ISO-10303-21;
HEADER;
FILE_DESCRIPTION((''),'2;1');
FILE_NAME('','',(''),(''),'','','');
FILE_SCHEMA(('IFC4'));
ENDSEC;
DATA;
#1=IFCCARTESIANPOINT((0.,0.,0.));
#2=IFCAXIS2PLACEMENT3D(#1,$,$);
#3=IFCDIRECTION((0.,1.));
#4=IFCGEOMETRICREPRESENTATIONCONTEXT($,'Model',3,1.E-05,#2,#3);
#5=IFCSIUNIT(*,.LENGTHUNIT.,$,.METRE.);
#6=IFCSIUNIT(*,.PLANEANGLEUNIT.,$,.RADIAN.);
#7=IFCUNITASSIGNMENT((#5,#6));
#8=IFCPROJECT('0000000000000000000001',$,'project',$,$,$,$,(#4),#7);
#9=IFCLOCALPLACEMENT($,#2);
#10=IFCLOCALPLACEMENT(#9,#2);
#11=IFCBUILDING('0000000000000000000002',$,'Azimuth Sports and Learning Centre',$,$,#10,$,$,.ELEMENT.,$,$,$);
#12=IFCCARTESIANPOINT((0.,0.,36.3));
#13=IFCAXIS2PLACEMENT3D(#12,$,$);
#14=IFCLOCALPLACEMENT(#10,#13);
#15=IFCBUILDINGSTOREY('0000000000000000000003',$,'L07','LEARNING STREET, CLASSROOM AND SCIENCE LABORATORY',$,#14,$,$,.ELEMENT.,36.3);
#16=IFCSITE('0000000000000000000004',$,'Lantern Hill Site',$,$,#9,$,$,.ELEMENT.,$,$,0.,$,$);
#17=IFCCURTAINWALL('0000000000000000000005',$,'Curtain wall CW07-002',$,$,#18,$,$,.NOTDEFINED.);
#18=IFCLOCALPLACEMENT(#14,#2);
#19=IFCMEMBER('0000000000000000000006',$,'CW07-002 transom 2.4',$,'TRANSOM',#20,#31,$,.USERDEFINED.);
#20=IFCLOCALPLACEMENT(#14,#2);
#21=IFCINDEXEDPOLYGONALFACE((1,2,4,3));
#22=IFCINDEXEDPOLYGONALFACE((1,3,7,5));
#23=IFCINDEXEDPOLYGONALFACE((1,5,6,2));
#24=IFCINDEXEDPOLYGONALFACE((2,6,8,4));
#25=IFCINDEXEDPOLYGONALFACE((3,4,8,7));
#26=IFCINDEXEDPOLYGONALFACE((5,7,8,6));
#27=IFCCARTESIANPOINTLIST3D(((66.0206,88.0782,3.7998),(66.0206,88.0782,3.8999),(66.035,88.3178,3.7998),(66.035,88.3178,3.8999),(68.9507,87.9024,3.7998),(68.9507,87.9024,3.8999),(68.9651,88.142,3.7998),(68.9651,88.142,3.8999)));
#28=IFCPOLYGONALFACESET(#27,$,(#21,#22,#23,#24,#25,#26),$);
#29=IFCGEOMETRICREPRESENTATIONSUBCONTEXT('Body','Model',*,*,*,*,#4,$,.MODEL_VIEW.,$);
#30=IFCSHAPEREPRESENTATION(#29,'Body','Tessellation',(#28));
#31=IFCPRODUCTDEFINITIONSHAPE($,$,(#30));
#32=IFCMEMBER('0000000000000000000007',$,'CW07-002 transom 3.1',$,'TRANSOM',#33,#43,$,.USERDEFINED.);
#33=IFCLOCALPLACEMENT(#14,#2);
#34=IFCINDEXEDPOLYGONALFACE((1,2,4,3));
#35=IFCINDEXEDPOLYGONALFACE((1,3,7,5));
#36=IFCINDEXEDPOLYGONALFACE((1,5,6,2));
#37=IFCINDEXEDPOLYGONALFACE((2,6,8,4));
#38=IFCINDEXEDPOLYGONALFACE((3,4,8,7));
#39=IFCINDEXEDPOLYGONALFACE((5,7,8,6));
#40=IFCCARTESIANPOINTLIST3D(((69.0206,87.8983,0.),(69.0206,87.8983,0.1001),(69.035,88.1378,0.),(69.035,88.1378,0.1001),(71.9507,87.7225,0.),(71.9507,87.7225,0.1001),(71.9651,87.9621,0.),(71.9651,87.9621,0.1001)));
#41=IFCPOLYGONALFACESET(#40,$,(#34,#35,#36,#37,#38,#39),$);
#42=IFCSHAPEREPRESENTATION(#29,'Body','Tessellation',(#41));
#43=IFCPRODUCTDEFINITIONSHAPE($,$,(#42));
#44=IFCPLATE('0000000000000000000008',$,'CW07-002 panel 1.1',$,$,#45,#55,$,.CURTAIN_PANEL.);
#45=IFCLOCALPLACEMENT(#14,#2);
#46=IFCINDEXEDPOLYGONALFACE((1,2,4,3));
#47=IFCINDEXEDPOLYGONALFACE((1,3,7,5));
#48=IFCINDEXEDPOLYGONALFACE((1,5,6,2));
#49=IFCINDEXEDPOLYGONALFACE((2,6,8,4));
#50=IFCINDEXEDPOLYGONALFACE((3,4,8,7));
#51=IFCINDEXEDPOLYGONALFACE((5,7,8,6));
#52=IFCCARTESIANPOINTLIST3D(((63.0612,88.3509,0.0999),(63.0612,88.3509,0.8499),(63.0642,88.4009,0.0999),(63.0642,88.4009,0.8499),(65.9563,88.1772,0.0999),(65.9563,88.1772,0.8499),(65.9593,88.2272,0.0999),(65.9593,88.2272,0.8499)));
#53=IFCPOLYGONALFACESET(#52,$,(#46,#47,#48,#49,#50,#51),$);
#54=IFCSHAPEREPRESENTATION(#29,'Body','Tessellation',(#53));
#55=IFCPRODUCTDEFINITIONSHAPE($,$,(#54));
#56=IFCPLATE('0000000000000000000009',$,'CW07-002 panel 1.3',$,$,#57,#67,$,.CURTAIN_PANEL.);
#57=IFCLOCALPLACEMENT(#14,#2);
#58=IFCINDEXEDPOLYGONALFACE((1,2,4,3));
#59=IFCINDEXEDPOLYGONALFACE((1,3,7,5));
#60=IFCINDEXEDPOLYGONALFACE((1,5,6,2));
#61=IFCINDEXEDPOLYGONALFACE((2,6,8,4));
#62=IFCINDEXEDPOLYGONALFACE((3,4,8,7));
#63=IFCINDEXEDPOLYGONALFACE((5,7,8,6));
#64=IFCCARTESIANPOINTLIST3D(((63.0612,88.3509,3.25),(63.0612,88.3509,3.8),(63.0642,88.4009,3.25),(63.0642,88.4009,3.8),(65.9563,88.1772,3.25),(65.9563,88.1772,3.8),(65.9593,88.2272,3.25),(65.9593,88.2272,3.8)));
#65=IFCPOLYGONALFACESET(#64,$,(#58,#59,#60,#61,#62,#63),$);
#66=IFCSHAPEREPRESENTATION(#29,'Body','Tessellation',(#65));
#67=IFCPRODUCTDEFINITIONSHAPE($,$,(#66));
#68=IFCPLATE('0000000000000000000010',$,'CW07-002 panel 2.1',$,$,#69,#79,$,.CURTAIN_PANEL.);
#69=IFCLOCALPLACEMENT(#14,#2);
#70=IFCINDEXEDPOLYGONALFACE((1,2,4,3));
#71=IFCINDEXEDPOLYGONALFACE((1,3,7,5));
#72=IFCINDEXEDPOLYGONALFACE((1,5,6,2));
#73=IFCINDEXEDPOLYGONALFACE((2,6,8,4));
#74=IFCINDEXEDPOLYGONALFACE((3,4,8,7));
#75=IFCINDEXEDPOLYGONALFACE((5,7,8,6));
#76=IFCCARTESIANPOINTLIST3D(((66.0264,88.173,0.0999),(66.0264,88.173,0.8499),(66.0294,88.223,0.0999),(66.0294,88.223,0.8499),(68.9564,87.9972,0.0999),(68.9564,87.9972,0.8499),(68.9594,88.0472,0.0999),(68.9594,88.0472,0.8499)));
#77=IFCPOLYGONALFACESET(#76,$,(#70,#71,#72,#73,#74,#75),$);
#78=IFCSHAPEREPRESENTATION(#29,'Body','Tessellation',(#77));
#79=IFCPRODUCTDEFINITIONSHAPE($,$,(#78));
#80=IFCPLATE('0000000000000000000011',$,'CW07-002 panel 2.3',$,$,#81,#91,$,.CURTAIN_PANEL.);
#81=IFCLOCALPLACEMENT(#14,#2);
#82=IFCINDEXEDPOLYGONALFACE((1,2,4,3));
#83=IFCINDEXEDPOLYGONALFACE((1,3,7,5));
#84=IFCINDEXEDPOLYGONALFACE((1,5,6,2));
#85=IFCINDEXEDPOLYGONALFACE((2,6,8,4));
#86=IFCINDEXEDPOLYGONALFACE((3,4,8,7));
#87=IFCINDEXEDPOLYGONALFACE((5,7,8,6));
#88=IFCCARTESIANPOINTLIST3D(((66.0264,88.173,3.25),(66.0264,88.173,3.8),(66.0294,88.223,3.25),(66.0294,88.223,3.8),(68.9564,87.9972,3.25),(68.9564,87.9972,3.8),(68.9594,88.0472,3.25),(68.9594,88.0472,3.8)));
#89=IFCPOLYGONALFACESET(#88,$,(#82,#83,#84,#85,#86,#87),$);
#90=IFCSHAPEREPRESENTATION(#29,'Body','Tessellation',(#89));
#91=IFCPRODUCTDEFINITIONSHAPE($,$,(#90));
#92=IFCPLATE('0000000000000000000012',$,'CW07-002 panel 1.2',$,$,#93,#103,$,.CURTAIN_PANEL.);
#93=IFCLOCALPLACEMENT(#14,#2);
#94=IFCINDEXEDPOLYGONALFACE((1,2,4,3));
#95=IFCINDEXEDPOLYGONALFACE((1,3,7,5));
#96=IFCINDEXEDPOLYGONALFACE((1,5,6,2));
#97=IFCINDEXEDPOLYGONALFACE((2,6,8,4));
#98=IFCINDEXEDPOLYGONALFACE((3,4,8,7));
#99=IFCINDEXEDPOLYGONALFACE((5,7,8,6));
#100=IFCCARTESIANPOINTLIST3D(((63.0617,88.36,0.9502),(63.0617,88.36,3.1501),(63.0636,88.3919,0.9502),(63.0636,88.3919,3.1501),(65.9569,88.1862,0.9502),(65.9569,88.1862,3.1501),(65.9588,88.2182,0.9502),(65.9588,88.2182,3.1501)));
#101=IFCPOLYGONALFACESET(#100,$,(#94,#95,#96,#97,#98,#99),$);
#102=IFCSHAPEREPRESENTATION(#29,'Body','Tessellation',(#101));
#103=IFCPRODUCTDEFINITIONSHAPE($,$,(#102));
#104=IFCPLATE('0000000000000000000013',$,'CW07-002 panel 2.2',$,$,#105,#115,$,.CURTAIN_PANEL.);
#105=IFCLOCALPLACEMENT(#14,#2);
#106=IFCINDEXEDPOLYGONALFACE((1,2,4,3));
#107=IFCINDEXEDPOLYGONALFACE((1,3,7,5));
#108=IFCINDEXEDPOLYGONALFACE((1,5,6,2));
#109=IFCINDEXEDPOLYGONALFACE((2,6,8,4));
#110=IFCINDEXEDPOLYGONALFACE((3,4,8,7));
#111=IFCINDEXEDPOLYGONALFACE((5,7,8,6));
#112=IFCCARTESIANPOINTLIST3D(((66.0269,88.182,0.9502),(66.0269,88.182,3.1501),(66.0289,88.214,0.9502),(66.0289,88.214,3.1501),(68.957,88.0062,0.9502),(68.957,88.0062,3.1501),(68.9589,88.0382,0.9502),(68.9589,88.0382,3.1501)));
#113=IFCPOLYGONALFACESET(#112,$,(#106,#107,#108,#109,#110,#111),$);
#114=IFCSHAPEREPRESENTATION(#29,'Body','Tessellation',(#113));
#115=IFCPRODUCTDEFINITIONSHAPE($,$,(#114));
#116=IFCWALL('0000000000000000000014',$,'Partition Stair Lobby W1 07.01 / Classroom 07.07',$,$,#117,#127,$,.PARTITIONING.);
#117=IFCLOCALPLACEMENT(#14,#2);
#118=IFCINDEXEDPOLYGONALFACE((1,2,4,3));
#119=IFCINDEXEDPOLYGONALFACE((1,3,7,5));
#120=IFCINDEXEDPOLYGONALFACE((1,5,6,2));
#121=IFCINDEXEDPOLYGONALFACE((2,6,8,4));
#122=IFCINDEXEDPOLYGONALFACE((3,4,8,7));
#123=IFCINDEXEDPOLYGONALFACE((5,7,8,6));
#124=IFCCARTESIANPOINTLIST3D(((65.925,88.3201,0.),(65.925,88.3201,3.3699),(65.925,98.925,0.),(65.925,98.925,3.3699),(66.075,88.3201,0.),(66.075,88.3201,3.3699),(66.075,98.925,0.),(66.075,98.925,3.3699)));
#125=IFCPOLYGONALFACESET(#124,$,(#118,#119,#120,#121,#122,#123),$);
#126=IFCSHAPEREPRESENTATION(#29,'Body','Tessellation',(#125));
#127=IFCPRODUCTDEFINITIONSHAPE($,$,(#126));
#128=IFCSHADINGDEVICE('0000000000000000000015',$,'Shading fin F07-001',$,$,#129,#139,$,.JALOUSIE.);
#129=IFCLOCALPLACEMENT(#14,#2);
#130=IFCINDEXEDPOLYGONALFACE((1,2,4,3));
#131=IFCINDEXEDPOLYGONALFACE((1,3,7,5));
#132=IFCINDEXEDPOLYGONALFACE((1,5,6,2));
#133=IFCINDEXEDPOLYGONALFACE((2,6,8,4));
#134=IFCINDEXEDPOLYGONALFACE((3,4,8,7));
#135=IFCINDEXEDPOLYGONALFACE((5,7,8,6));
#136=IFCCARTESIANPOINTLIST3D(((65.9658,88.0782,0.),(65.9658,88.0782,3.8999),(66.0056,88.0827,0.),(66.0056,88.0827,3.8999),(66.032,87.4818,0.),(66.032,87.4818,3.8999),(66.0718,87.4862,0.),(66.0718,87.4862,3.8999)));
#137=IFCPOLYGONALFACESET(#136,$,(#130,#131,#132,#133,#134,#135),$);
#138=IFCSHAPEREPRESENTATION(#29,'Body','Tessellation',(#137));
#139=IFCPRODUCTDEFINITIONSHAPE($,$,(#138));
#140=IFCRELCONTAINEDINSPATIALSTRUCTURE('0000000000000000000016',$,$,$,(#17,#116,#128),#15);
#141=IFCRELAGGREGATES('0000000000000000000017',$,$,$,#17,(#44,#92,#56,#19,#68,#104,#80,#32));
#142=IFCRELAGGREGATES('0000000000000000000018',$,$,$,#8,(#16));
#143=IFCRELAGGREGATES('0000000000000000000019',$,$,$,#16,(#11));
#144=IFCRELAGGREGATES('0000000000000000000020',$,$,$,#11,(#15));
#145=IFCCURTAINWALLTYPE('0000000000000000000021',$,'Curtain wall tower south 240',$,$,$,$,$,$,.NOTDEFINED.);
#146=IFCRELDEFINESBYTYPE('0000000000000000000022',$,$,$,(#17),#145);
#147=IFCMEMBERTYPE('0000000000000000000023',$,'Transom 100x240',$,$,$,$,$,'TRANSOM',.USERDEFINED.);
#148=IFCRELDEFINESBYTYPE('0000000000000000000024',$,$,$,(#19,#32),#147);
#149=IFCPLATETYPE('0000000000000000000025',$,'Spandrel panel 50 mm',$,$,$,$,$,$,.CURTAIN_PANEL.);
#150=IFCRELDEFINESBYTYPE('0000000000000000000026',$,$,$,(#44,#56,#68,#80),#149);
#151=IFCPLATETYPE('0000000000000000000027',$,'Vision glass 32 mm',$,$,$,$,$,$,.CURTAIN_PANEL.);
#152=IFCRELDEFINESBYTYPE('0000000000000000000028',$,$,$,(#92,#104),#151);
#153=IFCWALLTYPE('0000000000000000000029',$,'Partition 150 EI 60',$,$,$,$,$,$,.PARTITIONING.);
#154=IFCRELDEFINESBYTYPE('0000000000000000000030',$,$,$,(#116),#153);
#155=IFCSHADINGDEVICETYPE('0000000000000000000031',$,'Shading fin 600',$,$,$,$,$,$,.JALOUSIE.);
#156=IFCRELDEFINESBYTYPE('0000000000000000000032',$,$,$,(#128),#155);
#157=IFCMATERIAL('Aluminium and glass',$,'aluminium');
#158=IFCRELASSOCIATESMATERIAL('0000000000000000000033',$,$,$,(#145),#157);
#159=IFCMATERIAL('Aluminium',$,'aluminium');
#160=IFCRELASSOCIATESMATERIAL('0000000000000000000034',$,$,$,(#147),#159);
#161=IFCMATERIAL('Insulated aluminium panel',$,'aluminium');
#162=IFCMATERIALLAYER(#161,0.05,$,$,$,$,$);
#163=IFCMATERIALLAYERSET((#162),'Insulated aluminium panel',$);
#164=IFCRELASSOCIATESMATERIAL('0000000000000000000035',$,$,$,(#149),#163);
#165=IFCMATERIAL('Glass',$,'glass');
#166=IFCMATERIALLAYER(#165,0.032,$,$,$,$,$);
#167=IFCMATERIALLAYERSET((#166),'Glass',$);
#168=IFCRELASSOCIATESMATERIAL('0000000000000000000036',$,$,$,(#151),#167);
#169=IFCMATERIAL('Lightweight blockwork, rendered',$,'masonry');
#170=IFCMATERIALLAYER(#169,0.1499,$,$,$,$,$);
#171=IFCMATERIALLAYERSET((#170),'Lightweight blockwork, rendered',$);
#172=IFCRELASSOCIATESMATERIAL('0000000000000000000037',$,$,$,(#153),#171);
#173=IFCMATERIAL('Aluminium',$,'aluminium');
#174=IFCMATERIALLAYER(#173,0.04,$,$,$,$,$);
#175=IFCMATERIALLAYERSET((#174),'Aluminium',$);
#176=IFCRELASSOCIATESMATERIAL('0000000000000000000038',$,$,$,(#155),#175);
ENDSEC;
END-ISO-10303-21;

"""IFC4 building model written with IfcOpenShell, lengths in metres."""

from ifc_helpers import new_model, si_unit, direction, frame, frame_2d, origin, origin_2d, place, context, subcontext, project, spatial, rectangle, extrude, material, layer, layer_set, material_profile, profile_set, type_object, element, aggregate, save


model = new_model("IFC4")

# Units and contexts
model_context = context("Model", 3, precision=1e-05, world=origin(), true_north=direction((0.0, 1.0)))
body_context = subcontext(model_context, "Body", "Model", "MODEL_VIEW")
ifc_project = project(units=[si_unit("LENGTHUNIT", "METRE"), si_unit("PLANEANGLEUNIT", "RADIAN")], contexts=[model_context])

# Site, building, storey
site_placement = place(None, origin())
site = spatial("IfcSite", under=ifc_project, at=site_placement, Name="Lantern Hill Site", CompositionType="ELEMENT", RefElevation=0.0)
building_placement = place(site_placement, origin())
building = spatial("IfcBuilding", under=site, at=building_placement, Name="Azimuth Sports and Learning Centre", CompositionType="ELEMENT")
storey_placement = place(building_placement, frame((0.0, 0.0, 36.3)))
storey = spatial("IfcBuildingStorey", under=building, at=storey_placement, Name="L07", Description="LEARNING STREET, CLASSROOM AND SCIENCE LABORATORY", CompositionType="ELEMENT", Elevation=36.3)

# Curtain wall, members, plates
ifc_material_1 = material(Name="Aluminium and glass", Category="aluminium")
curtain_wall_type = type_object("IfcCurtainWallType", Name="Curtain wall tower south 240", PredefinedType="NOTDEFINED", material=ifc_material_1)
curtain_wall_placement = place(storey_placement, origin())
curtain_wall = element("IfcCurtainWall", 1, at=curtain_wall_placement, inside=storey, type_object=curtain_wall_type, Name="Curtain wall CW07-002", PredefinedType="NOTDEFINED")
ifc_material_2 = material(Name="Aluminium", Category="aluminium")
ifc_material_profile_1 = material_profile(ifc_material_2, rectangle(XDim=0.24, YDim=0.1001, at=origin_2d()), Name="Transom 100x240")
ifc_profile_set_1 = profile_set([ifc_material_profile_1], Name="Aluminium")
member_type_1 = type_object("IfcMemberType", Name="Transom 100x240", ElementType="TRANSOM", PredefinedType="USERDEFINED", material=ifc_profile_set_1)
member_1_placement = place(storey_placement, frame((66.0278, 88.198, 3.8499), z_axis=(0.998205, -0.059887, 0.0), x_axis=(0.059887, 0.998205, 0.0)))
member_1 = element("IfcMember", 2, at=member_1_placement, type_object=member_type_1, Name="CW07-002 transom 2.4", ObjectType="TRANSOM", PredefinedType="USERDEFINED", context=body_context, shape_type="SweptSolid", body=[
    extrude(rectangle(XDim=0.24, YDim=0.1001, at=origin_2d()), origin(), (0.0, 0.0, 1.0), 2.9353),
])
member_2_placement = place(storey_placement, frame((69.0278, 88.0181, 0.05), z_axis=(0.998205, -0.059887, 0.0), x_axis=(0.059887, 0.998205, 0.0)))
member_2 = element("IfcMember", 3, at=member_2_placement, type_object=member_type_1, Name="CW07-002 transom 3.1", ObjectType="TRANSOM", PredefinedType="USERDEFINED", context=body_context, shape_type="SweptSolid", body=[
    extrude(rectangle(XDim=0.24, YDim=0.1001, at=origin_2d()), origin(), (0.0, 0.0, 1.0), 2.9353),
])
ifc_material_3 = material(Name="Insulated aluminium panel", Category="aluminium")
ifc_layer_1 = layer(ifc_material_3, 0.05)
ifc_layer_set_1 = layer_set([ifc_layer_1], Name="Insulated aluminium panel")
plate_type_1 = type_object("IfcPlateType", Name="Spandrel panel 50 mm", PredefinedType="CURTAIN_PANEL", material=ifc_layer_set_1)
plate_1_placement = place(storey_placement, frame((64.5103, 88.2891, 0.0999), z_axis=(0.0, 0.0, 1.0), x_axis=(0.998205, -0.059892, 0.0)))
plate_1 = element("IfcPlate", 4, at=plate_1_placement, type_object=plate_type_1, Name="CW07-002 panel 1.1", PredefinedType="CURTAIN_PANEL", context=body_context, shape_type="SweptSolid", body=[
    extrude(rectangle(XDim=2.9004, YDim=0.05, at=origin_2d()), origin(), (0.0, 0.0, 1.0), 0.75),
])
plate_2_placement = place(storey_placement, frame((64.5103, 88.2891, 3.25), z_axis=(0.0, 0.0, 1.0), x_axis=(0.998205, -0.059892, 0.0)))
plate_2 = element("IfcPlate", 5, at=plate_2_placement, type_object=plate_type_1, Name="CW07-002 panel 1.3", PredefinedType="CURTAIN_PANEL", context=body_context, shape_type="SweptSolid", body=[
    extrude(rectangle(XDim=2.9004, YDim=0.05, at=origin_2d()), origin(), (0.0, 0.0, 1.0), 0.55),
])
plate_3_placement = place(storey_placement, frame((67.4929, 88.1101, 0.0999), z_axis=(0.0, 0.0, 1.0), x_axis=(0.998205, -0.059892, 0.0)))
plate_3 = element("IfcPlate", 6, at=plate_3_placement, type_object=plate_type_1, Name="CW07-002 panel 2.1", PredefinedType="CURTAIN_PANEL", context=body_context, shape_type="SweptSolid", body=[
    extrude(rectangle(XDim=2.9353, YDim=0.05, at=origin_2d()), origin(), (0.0, 0.0, 1.0), 0.75),
])
plate_4_placement = place(storey_placement, frame((67.4929, 88.1101, 3.25), z_axis=(0.0, 0.0, 1.0), x_axis=(0.998205, -0.059892, 0.0)))
plate_4 = element("IfcPlate", 7, at=plate_4_placement, type_object=plate_type_1, Name="CW07-002 panel 2.3", PredefinedType="CURTAIN_PANEL", context=body_context, shape_type="SweptSolid", body=[
    extrude(rectangle(XDim=2.9353, YDim=0.05, at=origin_2d()), origin(), (0.0, 0.0, 1.0), 0.55),
])
ifc_material_4 = material(Name="Glass", Category="glass")
ifc_layer_2 = layer(ifc_material_4, 0.032)
ifc_layer_set_2 = layer_set([ifc_layer_2], Name="Glass")
plate_type_2 = type_object("IfcPlateType", Name="Vision glass 32 mm", PredefinedType="CURTAIN_PANEL", material=ifc_layer_set_2)
plate_5_placement = place(storey_placement, frame((64.5103, 88.2891, 0.9502), z_axis=(0.0, 0.0, 1.0), x_axis=(0.998205, -0.059892, 0.0)))
plate_5 = element("IfcPlate", 8, at=plate_5_placement, type_object=plate_type_2, Name="CW07-002 panel 1.2", PredefinedType="CURTAIN_PANEL", context=body_context, shape_type="SweptSolid", body=[
    extrude(rectangle(XDim=2.9004, YDim=0.032, at=origin_2d()), origin(), (0.0, 0.0, 1.0), 2.2),
])
plate_6_placement = place(storey_placement, frame((67.4929, 88.1101, 0.9502), z_axis=(0.0, 0.0, 1.0), x_axis=(0.998205, -0.059892, 0.0)))
plate_6 = element("IfcPlate", 9, at=plate_6_placement, type_object=plate_type_2, Name="CW07-002 panel 2.2", PredefinedType="CURTAIN_PANEL", context=body_context, shape_type="SweptSolid", body=[
    extrude(rectangle(XDim=2.9353, YDim=0.032, at=origin_2d()), origin(), (0.0, 0.0, 1.0), 2.2),
])
aggregate(curtain_wall, [plate_1, plate_5, plate_2, member_1, plate_3, plate_6, plate_4, member_2])

# Wall
ifc_material_5 = material(Name="Lightweight blockwork, rendered", Category="masonry")
ifc_layer_3 = layer(ifc_material_5, 0.1499)
ifc_layer_set_3 = layer_set([ifc_layer_3], Name="Lightweight blockwork, rendered")
wall_type = type_object("IfcWallType", Name="Partition 150 EI 60", PredefinedType="PARTITIONING", material=ifc_layer_set_3)
wall_placement = place(storey_placement, frame((66.0, 88.3201, 0.0), z_axis=(0.0, 0.0, 1.0), x_axis=(0.0, 1.0, 0.0)))
element("IfcWall", 10, at=wall_placement, inside=storey, type_object=wall_type, Name="Partition Stair Lobby W1 07.01 / Classroom 07.07", PredefinedType="PARTITIONING", context=body_context, shape_type="SweptSolid", body=[
    extrude(rectangle(XDim=10.605, YDim=0.1499, at=frame_2d((5.3025, 0.0))), origin(), (0.0, 0.0, 1.0), 3.3699),
])

# Shading device
ifc_material_6 = material(Name="Aluminium", Category="aluminium")
ifc_layer_4 = layer(ifc_material_6, 0.04)
ifc_layer_set_4 = layer_set([ifc_layer_4], Name="Aluminium")
shading_device_type = type_object("IfcShadingDeviceType", Name="Shading fin 600", PredefinedType="JALOUSIE", material=ifc_layer_set_4)
shading_device_placement = place(storey_placement, frame((66.0188, 87.7822, 0.0), z_axis=(0.0, 0.0, 1.0), x_axis=(0.110221, -0.993907, 0.0)))
element("IfcShadingDevice", 11, at=shading_device_placement, inside=storey, type_object=shading_device_type, Name="Shading fin F07-001", PredefinedType="JALOUSIE", context=body_context, shape_type="SweptSolid", body=[
    extrude(rectangle(XDim=0.6001, YDim=0.04, at=origin_2d()), origin(), (0.0, 0.0, 1.0), 3.8999),
])

save(model, "model.ifc")
